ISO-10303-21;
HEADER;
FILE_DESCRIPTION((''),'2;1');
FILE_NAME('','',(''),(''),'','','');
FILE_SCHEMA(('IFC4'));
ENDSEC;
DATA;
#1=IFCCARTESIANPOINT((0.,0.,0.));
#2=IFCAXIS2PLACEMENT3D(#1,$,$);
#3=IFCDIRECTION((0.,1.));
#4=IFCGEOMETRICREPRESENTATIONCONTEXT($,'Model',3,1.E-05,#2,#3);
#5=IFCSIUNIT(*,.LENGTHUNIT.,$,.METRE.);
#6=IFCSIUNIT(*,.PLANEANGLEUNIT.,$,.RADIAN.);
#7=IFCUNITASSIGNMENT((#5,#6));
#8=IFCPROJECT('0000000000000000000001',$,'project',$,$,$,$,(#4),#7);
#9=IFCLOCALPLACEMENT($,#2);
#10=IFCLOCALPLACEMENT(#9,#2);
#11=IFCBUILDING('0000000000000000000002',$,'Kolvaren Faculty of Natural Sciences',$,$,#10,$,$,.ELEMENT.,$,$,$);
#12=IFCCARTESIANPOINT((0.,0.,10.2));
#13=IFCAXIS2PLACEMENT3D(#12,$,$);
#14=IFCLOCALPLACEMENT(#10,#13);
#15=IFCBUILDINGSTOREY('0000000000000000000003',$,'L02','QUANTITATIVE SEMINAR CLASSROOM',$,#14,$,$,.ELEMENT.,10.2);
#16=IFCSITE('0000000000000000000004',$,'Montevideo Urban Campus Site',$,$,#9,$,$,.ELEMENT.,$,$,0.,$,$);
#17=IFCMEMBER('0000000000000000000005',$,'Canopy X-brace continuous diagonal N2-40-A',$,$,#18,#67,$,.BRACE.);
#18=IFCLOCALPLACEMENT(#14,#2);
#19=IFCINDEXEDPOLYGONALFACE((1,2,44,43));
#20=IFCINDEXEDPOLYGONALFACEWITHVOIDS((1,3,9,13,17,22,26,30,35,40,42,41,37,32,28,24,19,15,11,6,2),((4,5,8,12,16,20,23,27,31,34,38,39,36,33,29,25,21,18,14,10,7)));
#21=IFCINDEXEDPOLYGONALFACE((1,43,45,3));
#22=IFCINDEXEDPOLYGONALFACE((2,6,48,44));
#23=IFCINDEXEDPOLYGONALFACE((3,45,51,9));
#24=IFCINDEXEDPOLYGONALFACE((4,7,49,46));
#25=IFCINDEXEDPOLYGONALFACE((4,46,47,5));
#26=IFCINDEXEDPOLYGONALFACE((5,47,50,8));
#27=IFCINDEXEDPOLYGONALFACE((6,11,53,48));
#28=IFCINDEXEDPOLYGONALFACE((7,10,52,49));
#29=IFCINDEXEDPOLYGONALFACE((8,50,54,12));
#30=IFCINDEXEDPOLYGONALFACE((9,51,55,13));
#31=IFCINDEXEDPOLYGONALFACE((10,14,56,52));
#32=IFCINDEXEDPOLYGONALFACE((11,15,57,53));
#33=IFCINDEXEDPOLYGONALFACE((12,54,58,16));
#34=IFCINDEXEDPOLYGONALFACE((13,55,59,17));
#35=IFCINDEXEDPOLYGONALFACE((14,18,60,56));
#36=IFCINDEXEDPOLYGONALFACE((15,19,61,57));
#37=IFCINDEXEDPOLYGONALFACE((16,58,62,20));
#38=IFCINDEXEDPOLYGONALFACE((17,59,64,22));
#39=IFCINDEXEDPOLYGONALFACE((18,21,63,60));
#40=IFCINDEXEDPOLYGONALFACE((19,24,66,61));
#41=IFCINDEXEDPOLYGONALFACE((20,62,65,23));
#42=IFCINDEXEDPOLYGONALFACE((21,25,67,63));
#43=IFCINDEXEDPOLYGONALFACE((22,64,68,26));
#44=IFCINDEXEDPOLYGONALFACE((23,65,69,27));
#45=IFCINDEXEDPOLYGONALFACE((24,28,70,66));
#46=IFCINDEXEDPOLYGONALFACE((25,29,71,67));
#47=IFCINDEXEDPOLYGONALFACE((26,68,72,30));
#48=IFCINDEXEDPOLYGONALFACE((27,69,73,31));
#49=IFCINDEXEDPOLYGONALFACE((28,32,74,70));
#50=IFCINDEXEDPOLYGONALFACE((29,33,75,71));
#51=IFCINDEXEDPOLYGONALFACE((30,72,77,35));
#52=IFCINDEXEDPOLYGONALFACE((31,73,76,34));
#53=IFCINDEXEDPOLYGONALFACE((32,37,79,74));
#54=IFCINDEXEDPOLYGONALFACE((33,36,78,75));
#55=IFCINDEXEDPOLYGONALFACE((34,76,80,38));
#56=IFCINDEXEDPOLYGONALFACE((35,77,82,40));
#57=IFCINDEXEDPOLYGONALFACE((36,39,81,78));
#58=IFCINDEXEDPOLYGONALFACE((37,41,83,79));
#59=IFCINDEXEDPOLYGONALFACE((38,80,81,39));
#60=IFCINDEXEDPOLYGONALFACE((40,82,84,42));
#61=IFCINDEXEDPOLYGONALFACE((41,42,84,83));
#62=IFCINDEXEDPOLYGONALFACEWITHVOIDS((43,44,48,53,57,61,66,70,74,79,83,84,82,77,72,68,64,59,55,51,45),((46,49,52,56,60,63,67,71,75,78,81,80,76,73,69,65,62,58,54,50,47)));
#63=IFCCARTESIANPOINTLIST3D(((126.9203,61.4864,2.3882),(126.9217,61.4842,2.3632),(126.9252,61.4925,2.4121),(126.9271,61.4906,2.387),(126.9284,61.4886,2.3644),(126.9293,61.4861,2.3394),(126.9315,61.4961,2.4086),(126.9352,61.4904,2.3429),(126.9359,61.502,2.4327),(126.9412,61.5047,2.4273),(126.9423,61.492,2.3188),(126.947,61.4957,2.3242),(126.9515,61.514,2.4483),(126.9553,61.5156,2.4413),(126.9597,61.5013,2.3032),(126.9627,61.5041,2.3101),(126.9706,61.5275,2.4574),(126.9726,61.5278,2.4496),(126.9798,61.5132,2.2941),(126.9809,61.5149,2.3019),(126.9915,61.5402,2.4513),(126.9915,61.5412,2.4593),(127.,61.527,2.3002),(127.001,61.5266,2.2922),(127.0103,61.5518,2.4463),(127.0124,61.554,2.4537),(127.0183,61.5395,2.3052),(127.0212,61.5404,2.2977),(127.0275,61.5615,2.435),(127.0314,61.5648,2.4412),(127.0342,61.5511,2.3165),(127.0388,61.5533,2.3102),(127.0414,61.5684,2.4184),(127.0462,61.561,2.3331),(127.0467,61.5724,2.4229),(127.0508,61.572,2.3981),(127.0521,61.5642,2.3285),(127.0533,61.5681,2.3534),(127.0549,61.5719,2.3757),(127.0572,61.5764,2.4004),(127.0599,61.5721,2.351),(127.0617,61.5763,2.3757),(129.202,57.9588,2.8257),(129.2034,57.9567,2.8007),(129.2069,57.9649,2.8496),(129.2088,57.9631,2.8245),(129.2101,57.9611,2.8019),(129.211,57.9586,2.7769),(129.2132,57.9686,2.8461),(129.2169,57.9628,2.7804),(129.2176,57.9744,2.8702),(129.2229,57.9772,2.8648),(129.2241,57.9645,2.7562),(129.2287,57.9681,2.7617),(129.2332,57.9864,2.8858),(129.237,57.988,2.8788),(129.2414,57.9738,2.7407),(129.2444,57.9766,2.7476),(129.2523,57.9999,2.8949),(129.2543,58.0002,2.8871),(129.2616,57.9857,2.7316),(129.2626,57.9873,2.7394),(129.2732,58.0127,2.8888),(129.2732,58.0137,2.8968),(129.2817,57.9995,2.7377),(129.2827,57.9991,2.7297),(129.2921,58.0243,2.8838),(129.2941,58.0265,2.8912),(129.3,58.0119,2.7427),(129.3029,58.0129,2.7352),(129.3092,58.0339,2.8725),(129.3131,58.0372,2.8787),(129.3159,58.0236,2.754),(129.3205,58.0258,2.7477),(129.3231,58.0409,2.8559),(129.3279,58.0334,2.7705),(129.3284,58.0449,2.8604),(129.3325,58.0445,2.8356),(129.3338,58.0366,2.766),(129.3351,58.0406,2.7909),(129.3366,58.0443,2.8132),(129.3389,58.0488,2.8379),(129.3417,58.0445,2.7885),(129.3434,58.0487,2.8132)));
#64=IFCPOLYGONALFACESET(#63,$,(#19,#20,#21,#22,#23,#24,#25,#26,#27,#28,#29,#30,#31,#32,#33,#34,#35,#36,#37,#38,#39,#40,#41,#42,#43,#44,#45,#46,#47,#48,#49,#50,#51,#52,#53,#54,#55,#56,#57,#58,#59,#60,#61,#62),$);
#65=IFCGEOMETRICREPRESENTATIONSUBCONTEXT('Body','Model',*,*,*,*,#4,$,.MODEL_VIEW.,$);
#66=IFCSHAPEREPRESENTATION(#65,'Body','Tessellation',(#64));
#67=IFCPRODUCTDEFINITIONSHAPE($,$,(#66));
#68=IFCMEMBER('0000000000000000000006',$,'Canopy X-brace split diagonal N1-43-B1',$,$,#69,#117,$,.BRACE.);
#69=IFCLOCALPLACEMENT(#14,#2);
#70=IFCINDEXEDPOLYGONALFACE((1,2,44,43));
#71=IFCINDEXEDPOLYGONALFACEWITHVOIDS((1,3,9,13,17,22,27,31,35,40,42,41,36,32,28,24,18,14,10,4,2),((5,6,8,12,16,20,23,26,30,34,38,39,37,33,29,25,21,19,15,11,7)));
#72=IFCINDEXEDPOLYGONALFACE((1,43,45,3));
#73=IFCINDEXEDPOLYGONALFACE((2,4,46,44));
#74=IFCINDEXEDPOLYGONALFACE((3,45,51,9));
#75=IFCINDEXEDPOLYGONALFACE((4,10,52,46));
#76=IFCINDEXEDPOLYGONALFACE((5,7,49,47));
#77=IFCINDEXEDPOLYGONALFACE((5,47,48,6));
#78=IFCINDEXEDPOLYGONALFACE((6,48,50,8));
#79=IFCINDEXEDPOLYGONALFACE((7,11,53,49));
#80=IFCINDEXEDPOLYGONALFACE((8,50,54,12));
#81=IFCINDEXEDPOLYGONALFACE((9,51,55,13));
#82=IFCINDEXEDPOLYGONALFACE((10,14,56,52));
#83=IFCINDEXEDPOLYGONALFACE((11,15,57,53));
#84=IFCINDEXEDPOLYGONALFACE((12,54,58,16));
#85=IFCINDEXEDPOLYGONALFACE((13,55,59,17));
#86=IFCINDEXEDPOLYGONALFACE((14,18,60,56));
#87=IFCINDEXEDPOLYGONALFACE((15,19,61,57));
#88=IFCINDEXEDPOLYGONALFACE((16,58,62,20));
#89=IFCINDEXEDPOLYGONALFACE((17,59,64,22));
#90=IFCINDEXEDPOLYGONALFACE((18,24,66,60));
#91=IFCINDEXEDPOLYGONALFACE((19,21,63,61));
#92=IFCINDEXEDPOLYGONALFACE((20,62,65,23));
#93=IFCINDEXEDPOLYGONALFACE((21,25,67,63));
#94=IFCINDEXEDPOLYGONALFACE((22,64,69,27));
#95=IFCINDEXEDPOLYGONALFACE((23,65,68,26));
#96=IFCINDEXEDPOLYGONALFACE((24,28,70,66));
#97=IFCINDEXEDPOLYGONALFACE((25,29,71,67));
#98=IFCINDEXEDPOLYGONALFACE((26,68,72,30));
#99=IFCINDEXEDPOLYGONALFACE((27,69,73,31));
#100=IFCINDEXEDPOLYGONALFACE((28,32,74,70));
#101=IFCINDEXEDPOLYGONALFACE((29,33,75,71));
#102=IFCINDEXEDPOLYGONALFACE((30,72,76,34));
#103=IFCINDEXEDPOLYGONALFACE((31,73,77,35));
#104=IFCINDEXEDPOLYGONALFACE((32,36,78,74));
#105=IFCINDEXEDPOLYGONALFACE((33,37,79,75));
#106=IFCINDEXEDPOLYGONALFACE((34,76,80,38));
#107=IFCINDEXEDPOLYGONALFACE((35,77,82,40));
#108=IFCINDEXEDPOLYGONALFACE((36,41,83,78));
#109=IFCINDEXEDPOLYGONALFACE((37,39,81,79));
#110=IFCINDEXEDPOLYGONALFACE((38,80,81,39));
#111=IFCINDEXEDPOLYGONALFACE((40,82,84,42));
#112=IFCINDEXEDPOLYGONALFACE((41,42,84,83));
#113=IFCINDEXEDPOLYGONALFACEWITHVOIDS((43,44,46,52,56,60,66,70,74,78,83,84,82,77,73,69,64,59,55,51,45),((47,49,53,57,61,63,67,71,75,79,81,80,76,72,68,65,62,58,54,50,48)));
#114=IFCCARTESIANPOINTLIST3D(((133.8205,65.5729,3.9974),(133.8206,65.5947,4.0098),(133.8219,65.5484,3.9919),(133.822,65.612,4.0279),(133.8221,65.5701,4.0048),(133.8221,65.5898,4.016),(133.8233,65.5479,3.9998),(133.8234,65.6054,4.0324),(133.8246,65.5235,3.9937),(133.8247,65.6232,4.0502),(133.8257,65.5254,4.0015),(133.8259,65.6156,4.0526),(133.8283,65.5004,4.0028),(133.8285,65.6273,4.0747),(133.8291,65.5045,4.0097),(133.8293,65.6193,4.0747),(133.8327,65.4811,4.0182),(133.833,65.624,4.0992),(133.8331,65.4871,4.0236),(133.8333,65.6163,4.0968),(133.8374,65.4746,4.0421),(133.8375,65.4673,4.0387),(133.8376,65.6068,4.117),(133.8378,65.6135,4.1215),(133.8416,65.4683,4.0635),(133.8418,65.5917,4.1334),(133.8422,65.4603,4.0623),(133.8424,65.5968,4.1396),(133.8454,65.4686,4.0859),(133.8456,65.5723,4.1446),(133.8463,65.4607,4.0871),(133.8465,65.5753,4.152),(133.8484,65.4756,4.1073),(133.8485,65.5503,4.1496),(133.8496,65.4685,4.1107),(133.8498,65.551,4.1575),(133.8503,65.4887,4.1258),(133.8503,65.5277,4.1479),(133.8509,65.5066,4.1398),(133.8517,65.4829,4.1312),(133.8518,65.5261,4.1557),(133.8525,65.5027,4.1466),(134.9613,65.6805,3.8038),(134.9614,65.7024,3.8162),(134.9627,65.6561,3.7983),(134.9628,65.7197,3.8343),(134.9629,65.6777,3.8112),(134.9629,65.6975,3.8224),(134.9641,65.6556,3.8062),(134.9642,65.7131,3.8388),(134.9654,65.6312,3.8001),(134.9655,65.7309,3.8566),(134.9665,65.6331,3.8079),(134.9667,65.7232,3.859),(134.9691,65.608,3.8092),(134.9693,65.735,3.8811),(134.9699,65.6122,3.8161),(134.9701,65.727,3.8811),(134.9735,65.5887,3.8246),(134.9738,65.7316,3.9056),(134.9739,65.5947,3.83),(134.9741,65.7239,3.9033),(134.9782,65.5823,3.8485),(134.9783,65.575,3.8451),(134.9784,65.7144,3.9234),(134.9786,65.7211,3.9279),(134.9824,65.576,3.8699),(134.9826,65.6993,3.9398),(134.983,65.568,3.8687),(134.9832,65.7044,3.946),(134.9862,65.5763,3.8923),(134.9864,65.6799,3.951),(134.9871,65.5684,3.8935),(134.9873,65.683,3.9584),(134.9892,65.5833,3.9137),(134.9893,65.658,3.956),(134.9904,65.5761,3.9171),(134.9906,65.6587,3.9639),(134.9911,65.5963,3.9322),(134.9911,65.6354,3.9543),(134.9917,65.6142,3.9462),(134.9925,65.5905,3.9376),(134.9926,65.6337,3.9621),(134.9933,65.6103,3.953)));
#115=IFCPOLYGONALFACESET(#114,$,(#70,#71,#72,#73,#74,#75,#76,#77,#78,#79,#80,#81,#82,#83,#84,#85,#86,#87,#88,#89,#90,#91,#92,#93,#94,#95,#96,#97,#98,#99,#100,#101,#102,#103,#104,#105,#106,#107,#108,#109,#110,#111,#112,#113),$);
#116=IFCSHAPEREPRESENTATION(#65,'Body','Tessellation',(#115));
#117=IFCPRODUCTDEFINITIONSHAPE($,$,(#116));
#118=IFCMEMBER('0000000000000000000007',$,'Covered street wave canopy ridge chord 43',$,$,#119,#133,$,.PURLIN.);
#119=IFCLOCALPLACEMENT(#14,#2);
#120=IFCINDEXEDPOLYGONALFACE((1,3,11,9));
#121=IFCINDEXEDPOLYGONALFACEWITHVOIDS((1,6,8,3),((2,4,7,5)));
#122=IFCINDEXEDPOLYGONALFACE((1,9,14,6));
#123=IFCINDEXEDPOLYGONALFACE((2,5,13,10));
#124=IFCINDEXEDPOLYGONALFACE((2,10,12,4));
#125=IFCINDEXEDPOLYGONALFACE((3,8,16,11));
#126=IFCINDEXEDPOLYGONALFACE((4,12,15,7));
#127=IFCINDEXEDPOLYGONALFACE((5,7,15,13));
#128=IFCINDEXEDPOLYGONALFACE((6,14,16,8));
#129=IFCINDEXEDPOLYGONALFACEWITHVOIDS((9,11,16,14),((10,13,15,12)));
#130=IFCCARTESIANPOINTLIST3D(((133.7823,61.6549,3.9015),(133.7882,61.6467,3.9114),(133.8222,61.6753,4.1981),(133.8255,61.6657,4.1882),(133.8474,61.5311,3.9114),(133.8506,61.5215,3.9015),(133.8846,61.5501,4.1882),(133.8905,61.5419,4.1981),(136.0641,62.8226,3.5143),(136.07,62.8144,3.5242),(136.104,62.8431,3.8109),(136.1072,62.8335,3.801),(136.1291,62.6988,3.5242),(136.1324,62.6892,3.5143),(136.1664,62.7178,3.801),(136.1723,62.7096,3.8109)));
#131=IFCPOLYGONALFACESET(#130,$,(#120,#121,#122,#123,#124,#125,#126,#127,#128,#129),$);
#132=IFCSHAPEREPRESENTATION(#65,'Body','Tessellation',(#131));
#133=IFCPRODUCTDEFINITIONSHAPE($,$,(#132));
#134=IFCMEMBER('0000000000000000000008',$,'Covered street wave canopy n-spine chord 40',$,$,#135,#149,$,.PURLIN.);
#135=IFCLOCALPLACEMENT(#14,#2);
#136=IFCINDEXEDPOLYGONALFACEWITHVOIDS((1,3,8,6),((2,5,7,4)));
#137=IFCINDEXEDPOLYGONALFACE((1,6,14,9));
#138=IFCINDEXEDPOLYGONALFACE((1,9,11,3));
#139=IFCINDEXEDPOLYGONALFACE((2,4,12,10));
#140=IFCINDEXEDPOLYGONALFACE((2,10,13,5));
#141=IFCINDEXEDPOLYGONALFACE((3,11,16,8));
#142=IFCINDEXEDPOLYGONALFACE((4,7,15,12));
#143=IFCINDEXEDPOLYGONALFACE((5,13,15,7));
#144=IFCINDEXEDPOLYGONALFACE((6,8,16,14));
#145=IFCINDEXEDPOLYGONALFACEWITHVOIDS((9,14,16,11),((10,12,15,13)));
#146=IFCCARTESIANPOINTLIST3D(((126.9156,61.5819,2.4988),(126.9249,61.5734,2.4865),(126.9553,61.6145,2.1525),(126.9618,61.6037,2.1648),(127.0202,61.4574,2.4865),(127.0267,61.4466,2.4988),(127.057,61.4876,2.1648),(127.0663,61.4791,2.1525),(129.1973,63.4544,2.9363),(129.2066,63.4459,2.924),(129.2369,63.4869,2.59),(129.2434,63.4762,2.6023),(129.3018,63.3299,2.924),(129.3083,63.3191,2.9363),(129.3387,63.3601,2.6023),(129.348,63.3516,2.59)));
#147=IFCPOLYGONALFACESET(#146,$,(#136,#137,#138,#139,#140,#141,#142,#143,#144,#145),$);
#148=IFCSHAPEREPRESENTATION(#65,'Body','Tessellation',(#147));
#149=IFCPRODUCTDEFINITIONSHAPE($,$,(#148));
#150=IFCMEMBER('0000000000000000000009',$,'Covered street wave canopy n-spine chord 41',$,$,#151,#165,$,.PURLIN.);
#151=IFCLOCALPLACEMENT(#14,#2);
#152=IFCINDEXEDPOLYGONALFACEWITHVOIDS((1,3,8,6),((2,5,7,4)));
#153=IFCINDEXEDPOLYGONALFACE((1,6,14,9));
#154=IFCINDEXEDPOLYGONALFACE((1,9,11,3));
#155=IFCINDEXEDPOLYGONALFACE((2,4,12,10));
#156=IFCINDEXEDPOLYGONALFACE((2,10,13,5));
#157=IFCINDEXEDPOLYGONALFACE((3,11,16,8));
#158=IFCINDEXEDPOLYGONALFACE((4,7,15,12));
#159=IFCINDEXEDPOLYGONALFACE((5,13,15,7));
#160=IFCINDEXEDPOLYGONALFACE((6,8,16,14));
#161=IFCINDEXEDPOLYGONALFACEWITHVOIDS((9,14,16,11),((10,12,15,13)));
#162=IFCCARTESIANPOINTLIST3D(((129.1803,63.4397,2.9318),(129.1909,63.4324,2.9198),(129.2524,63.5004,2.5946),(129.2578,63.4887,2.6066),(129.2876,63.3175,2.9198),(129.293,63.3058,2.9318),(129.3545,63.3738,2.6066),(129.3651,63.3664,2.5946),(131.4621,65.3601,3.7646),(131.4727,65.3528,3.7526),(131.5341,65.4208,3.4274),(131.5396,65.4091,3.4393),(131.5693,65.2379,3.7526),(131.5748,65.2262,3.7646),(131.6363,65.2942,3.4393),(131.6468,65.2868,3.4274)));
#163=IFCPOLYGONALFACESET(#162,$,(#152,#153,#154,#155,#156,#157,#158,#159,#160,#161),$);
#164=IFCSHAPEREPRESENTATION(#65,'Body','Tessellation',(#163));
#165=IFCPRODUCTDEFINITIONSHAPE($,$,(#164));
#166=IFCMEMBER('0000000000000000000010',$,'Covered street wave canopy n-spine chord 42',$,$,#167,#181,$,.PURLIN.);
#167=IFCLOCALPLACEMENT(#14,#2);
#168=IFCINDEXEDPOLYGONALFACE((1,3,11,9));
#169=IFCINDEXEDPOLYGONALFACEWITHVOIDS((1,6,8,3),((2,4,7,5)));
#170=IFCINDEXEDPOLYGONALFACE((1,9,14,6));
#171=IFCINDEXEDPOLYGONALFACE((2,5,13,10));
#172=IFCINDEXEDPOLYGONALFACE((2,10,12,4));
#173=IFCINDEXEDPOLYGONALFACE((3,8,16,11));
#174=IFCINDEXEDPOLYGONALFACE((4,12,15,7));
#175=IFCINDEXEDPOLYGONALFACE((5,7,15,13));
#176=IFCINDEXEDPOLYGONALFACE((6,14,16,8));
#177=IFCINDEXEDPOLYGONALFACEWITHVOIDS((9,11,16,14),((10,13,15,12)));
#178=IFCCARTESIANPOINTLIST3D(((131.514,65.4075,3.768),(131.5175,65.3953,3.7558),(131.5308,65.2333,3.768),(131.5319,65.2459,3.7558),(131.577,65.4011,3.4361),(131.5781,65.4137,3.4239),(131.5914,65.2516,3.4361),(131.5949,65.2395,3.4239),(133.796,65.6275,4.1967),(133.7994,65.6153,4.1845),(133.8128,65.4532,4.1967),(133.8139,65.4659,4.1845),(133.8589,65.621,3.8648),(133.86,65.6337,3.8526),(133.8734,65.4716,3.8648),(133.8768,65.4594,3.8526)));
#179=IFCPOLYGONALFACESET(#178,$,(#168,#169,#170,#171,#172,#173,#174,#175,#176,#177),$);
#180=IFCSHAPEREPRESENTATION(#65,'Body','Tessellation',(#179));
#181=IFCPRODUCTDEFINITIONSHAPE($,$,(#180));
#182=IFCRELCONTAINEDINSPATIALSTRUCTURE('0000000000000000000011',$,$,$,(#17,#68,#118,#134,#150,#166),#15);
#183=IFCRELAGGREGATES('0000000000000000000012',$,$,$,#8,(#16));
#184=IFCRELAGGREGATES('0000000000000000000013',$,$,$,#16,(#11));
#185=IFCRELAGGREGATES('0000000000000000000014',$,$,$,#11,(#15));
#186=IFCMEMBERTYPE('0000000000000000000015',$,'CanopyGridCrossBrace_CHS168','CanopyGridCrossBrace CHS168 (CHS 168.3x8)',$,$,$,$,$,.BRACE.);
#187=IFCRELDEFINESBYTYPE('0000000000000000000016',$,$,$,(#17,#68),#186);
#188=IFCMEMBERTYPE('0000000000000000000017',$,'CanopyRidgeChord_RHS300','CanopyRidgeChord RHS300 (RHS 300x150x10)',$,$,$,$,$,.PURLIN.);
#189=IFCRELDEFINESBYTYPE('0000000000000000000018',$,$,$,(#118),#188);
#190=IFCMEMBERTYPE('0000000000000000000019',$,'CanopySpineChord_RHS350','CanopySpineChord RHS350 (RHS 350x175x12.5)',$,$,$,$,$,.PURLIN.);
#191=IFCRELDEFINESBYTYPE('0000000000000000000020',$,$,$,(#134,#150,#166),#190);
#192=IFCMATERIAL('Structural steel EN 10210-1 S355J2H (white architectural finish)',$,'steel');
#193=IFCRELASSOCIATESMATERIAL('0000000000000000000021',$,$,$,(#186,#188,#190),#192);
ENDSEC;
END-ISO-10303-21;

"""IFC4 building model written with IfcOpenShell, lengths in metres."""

from ifc_helpers import new_model, si_unit, direction, frame, origin, origin_2d, place, context, subcontext, project, spatial, hollow_rectangle, hollow_circle, extrude, material, material_profile, profile_set, type_object, element, save


model = new_model("IFC4")

# Units and contexts
model_context = context("Model", 3, precision=1e-05, world=origin(), true_north=direction((0.0, 1.0)))
body_context = subcontext(model_context, "Body", "Model", "MODEL_VIEW")
ifc_project = project(units=[si_unit("LENGTHUNIT", "METRE"), si_unit("PLANEANGLEUNIT", "RADIAN")], contexts=[model_context])

# Site, building, storey
site_placement = place(None, origin())
site = spatial("IfcSite", under=ifc_project, at=site_placement, Name="Montevideo Urban Campus Site", CompositionType="ELEMENT", RefElevation=0.0)
building_placement = place(site_placement, origin())
building = spatial("IfcBuilding", under=site, at=building_placement, Name="Kolvaren Faculty of Natural Sciences", CompositionType="ELEMENT")
storey_placement = place(building_placement, frame((0.0, 0.0, 10.2)))
storey = spatial("IfcBuildingStorey", under=building, at=storey_placement, Name="L02", Description="QUANTITATIVE SEMINAR CLASSROOM", CompositionType="ELEMENT", Elevation=10.2)

# Members
ifc_material_1 = material(Name="Structural steel EN 10210-1 S355J2H (white architectural finish)", Category="steel")
ifc_material_profile_1 = material_profile(ifc_material_1, hollow_circle(Radius=0.0842, WallThickness=0.0081, at=origin_2d()), Name="CHS 168.3x8")
ifc_profile_set_1 = profile_set([ifc_material_profile_1], Name="Structural steel EN 10210-1 S355J2H (white architectural finish)")
member_type_1 = type_object("IfcMemberType", Name="CanopyGridCrossBrace_CHS168", Description="CanopyGridCrossBrace CHS168 (CHS 168.3x8)", PredefinedType="BRACE", material=ifc_profile_set_1)
member_1_placement = place(storey_placement, frame((126.991, 61.5305, 2.3757), z_axis=(0.540193, -0.835143, 0.103576), x_axis=(0.839659, 0.543114, 0.0)))
element("IfcMember", 1, at=member_1_placement, inside=storey, type_object=member_type_1, Name="Canopy X-brace continuous diagonal N2-40-A", PredefinedType="BRACE", context=body_context, shape_type="SweptSolid", body=[
    extrude(hollow_circle(Radius=0.0842, WallThickness=0.0081, at=origin_2d()), origin(), (0.0, 0.0, 1.0), 4.2239),
])
member_2_placement = place(storey_placement, frame((133.8364, 65.5435, 4.0747), z_axis=(0.981665, 0.092642, -0.166587), x_axis=(-0.093954, 0.995576, 0.0)))
element("IfcMember", 2, at=member_2_placement, inside=storey, type_object=member_type_1, Name="Canopy X-brace split diagonal N1-43-B1", PredefinedType="BRACE", context=body_context, shape_type="SweptSolid", body=[
    extrude(hollow_circle(Radius=0.0842, WallThickness=0.0081, at=origin_2d()), origin(), (0.0, 0.0, 1.0), 1.1621),
])
ifc_material_profile_2 = material_profile(ifc_material_1, hollow_rectangle(XDim=0.1499, YDim=0.3, WallThickness=0.01, at=origin_2d()), Name="RHS 300x150x10")
ifc_profile_set_2 = profile_set([ifc_material_profile_2], Name="Structural steel EN 10210-1 S355J2H (white architectural finish)")
member_type_2 = type_object("IfcMemberType", Name="CanopyRidgeChord_RHS300", Description="CanopyRidgeChord RHS300 (RHS 300x150x10)", PredefinedType="PURLIN", material=ifc_profile_set_2)
member_3_placement = place(storey_placement, frame((133.8364, 61.5984, 4.0498), z_axis=(0.88021, 0.450465, -0.14937), x_axis=(-0.455576, 0.890197, 0.0)))
element("IfcMember", 3, at=member_3_placement, inside=storey, type_object=member_type_2, Name="Covered street wave canopy ridge chord 43", PredefinedType="PURLIN", context=body_context, shape_type="SweptSolid", body=[
    extrude(hollow_rectangle(XDim=0.1499, YDim=0.3, WallThickness=0.01, at=origin_2d()), origin(), (0.0, 0.0, 1.0), 2.5923),
])
ifc_material_profile_3 = material_profile(ifc_material_1, hollow_rectangle(XDim=0.175, YDim=0.3501, WallThickness=0.0125, at=origin_2d()), Name="RHS 350x175x12.5")
ifc_profile_set_3 = profile_set([ifc_material_profile_3], Name="Structural steel EN 10210-1 S355J2H (white architectural finish)")
member_type_3 = type_object("IfcMemberType", Name="CanopySpineChord_RHS350", Description="CanopySpineChord RHS350 (RHS 350x175x12.5)", PredefinedType="PURLIN", material=ifc_profile_set_3)
member_4_placement = place(storey_placement, frame((126.991, 61.5305, 2.3257), z_axis=(0.76466, 0.627535, 0.146616), x_axis=(-0.63439, 0.773013, 0.0)))
element("IfcMember", 4, at=member_4_placement, inside=storey, type_object=member_type_3, Name="Covered street wave canopy n-spine chord 40", PredefinedType="PURLIN", context=body_context, shape_type="SweptSolid", body=[
    extrude(hollow_rectangle(XDim=0.175, YDim=0.3501, WallThickness=0.0125, at=origin_2d()), origin(), (0.0, 0.0, 1.0), 2.9839),
])
member_5_placement = place(storey_placement, frame((129.2727, 63.4031, 2.7632), z_axis=(0.736896, 0.620204, 0.268944), x_axis=(-0.643929, 0.765085, 0.0)))
element("IfcMember", 5, at=member_5_placement, inside=storey, type_object=member_type_3, Name="Covered street wave canopy n-spine chord 41", PredefinedType="PURLIN", context=body_context, shape_type="SweptSolid", body=[
    extrude(hollow_rectangle(XDim=0.175, YDim=0.3501, WallThickness=0.0125, at=origin_2d()), origin(), (0.0, 0.0, 1.0), 3.0964),
])
member_6_placement = place(storey_placement, frame((131.5544, 65.3235, 3.5959), z_axis=(0.978426, 0.094315, 0.183815), x_axis=(-0.09595, 0.995386, 0.0)))
element("IfcMember", 6, at=member_6_placement, inside=storey, type_object=member_type_3, Name="Covered street wave canopy n-spine chord 42", PredefinedType="PURLIN", context=body_context, shape_type="SweptSolid", body=[
    extrude(hollow_rectangle(XDim=0.175, YDim=0.3501, WallThickness=0.0125, at=origin_2d()), origin(), (0.0, 0.0, 1.0), 2.3323),
])

save(model, "model.ifc")
